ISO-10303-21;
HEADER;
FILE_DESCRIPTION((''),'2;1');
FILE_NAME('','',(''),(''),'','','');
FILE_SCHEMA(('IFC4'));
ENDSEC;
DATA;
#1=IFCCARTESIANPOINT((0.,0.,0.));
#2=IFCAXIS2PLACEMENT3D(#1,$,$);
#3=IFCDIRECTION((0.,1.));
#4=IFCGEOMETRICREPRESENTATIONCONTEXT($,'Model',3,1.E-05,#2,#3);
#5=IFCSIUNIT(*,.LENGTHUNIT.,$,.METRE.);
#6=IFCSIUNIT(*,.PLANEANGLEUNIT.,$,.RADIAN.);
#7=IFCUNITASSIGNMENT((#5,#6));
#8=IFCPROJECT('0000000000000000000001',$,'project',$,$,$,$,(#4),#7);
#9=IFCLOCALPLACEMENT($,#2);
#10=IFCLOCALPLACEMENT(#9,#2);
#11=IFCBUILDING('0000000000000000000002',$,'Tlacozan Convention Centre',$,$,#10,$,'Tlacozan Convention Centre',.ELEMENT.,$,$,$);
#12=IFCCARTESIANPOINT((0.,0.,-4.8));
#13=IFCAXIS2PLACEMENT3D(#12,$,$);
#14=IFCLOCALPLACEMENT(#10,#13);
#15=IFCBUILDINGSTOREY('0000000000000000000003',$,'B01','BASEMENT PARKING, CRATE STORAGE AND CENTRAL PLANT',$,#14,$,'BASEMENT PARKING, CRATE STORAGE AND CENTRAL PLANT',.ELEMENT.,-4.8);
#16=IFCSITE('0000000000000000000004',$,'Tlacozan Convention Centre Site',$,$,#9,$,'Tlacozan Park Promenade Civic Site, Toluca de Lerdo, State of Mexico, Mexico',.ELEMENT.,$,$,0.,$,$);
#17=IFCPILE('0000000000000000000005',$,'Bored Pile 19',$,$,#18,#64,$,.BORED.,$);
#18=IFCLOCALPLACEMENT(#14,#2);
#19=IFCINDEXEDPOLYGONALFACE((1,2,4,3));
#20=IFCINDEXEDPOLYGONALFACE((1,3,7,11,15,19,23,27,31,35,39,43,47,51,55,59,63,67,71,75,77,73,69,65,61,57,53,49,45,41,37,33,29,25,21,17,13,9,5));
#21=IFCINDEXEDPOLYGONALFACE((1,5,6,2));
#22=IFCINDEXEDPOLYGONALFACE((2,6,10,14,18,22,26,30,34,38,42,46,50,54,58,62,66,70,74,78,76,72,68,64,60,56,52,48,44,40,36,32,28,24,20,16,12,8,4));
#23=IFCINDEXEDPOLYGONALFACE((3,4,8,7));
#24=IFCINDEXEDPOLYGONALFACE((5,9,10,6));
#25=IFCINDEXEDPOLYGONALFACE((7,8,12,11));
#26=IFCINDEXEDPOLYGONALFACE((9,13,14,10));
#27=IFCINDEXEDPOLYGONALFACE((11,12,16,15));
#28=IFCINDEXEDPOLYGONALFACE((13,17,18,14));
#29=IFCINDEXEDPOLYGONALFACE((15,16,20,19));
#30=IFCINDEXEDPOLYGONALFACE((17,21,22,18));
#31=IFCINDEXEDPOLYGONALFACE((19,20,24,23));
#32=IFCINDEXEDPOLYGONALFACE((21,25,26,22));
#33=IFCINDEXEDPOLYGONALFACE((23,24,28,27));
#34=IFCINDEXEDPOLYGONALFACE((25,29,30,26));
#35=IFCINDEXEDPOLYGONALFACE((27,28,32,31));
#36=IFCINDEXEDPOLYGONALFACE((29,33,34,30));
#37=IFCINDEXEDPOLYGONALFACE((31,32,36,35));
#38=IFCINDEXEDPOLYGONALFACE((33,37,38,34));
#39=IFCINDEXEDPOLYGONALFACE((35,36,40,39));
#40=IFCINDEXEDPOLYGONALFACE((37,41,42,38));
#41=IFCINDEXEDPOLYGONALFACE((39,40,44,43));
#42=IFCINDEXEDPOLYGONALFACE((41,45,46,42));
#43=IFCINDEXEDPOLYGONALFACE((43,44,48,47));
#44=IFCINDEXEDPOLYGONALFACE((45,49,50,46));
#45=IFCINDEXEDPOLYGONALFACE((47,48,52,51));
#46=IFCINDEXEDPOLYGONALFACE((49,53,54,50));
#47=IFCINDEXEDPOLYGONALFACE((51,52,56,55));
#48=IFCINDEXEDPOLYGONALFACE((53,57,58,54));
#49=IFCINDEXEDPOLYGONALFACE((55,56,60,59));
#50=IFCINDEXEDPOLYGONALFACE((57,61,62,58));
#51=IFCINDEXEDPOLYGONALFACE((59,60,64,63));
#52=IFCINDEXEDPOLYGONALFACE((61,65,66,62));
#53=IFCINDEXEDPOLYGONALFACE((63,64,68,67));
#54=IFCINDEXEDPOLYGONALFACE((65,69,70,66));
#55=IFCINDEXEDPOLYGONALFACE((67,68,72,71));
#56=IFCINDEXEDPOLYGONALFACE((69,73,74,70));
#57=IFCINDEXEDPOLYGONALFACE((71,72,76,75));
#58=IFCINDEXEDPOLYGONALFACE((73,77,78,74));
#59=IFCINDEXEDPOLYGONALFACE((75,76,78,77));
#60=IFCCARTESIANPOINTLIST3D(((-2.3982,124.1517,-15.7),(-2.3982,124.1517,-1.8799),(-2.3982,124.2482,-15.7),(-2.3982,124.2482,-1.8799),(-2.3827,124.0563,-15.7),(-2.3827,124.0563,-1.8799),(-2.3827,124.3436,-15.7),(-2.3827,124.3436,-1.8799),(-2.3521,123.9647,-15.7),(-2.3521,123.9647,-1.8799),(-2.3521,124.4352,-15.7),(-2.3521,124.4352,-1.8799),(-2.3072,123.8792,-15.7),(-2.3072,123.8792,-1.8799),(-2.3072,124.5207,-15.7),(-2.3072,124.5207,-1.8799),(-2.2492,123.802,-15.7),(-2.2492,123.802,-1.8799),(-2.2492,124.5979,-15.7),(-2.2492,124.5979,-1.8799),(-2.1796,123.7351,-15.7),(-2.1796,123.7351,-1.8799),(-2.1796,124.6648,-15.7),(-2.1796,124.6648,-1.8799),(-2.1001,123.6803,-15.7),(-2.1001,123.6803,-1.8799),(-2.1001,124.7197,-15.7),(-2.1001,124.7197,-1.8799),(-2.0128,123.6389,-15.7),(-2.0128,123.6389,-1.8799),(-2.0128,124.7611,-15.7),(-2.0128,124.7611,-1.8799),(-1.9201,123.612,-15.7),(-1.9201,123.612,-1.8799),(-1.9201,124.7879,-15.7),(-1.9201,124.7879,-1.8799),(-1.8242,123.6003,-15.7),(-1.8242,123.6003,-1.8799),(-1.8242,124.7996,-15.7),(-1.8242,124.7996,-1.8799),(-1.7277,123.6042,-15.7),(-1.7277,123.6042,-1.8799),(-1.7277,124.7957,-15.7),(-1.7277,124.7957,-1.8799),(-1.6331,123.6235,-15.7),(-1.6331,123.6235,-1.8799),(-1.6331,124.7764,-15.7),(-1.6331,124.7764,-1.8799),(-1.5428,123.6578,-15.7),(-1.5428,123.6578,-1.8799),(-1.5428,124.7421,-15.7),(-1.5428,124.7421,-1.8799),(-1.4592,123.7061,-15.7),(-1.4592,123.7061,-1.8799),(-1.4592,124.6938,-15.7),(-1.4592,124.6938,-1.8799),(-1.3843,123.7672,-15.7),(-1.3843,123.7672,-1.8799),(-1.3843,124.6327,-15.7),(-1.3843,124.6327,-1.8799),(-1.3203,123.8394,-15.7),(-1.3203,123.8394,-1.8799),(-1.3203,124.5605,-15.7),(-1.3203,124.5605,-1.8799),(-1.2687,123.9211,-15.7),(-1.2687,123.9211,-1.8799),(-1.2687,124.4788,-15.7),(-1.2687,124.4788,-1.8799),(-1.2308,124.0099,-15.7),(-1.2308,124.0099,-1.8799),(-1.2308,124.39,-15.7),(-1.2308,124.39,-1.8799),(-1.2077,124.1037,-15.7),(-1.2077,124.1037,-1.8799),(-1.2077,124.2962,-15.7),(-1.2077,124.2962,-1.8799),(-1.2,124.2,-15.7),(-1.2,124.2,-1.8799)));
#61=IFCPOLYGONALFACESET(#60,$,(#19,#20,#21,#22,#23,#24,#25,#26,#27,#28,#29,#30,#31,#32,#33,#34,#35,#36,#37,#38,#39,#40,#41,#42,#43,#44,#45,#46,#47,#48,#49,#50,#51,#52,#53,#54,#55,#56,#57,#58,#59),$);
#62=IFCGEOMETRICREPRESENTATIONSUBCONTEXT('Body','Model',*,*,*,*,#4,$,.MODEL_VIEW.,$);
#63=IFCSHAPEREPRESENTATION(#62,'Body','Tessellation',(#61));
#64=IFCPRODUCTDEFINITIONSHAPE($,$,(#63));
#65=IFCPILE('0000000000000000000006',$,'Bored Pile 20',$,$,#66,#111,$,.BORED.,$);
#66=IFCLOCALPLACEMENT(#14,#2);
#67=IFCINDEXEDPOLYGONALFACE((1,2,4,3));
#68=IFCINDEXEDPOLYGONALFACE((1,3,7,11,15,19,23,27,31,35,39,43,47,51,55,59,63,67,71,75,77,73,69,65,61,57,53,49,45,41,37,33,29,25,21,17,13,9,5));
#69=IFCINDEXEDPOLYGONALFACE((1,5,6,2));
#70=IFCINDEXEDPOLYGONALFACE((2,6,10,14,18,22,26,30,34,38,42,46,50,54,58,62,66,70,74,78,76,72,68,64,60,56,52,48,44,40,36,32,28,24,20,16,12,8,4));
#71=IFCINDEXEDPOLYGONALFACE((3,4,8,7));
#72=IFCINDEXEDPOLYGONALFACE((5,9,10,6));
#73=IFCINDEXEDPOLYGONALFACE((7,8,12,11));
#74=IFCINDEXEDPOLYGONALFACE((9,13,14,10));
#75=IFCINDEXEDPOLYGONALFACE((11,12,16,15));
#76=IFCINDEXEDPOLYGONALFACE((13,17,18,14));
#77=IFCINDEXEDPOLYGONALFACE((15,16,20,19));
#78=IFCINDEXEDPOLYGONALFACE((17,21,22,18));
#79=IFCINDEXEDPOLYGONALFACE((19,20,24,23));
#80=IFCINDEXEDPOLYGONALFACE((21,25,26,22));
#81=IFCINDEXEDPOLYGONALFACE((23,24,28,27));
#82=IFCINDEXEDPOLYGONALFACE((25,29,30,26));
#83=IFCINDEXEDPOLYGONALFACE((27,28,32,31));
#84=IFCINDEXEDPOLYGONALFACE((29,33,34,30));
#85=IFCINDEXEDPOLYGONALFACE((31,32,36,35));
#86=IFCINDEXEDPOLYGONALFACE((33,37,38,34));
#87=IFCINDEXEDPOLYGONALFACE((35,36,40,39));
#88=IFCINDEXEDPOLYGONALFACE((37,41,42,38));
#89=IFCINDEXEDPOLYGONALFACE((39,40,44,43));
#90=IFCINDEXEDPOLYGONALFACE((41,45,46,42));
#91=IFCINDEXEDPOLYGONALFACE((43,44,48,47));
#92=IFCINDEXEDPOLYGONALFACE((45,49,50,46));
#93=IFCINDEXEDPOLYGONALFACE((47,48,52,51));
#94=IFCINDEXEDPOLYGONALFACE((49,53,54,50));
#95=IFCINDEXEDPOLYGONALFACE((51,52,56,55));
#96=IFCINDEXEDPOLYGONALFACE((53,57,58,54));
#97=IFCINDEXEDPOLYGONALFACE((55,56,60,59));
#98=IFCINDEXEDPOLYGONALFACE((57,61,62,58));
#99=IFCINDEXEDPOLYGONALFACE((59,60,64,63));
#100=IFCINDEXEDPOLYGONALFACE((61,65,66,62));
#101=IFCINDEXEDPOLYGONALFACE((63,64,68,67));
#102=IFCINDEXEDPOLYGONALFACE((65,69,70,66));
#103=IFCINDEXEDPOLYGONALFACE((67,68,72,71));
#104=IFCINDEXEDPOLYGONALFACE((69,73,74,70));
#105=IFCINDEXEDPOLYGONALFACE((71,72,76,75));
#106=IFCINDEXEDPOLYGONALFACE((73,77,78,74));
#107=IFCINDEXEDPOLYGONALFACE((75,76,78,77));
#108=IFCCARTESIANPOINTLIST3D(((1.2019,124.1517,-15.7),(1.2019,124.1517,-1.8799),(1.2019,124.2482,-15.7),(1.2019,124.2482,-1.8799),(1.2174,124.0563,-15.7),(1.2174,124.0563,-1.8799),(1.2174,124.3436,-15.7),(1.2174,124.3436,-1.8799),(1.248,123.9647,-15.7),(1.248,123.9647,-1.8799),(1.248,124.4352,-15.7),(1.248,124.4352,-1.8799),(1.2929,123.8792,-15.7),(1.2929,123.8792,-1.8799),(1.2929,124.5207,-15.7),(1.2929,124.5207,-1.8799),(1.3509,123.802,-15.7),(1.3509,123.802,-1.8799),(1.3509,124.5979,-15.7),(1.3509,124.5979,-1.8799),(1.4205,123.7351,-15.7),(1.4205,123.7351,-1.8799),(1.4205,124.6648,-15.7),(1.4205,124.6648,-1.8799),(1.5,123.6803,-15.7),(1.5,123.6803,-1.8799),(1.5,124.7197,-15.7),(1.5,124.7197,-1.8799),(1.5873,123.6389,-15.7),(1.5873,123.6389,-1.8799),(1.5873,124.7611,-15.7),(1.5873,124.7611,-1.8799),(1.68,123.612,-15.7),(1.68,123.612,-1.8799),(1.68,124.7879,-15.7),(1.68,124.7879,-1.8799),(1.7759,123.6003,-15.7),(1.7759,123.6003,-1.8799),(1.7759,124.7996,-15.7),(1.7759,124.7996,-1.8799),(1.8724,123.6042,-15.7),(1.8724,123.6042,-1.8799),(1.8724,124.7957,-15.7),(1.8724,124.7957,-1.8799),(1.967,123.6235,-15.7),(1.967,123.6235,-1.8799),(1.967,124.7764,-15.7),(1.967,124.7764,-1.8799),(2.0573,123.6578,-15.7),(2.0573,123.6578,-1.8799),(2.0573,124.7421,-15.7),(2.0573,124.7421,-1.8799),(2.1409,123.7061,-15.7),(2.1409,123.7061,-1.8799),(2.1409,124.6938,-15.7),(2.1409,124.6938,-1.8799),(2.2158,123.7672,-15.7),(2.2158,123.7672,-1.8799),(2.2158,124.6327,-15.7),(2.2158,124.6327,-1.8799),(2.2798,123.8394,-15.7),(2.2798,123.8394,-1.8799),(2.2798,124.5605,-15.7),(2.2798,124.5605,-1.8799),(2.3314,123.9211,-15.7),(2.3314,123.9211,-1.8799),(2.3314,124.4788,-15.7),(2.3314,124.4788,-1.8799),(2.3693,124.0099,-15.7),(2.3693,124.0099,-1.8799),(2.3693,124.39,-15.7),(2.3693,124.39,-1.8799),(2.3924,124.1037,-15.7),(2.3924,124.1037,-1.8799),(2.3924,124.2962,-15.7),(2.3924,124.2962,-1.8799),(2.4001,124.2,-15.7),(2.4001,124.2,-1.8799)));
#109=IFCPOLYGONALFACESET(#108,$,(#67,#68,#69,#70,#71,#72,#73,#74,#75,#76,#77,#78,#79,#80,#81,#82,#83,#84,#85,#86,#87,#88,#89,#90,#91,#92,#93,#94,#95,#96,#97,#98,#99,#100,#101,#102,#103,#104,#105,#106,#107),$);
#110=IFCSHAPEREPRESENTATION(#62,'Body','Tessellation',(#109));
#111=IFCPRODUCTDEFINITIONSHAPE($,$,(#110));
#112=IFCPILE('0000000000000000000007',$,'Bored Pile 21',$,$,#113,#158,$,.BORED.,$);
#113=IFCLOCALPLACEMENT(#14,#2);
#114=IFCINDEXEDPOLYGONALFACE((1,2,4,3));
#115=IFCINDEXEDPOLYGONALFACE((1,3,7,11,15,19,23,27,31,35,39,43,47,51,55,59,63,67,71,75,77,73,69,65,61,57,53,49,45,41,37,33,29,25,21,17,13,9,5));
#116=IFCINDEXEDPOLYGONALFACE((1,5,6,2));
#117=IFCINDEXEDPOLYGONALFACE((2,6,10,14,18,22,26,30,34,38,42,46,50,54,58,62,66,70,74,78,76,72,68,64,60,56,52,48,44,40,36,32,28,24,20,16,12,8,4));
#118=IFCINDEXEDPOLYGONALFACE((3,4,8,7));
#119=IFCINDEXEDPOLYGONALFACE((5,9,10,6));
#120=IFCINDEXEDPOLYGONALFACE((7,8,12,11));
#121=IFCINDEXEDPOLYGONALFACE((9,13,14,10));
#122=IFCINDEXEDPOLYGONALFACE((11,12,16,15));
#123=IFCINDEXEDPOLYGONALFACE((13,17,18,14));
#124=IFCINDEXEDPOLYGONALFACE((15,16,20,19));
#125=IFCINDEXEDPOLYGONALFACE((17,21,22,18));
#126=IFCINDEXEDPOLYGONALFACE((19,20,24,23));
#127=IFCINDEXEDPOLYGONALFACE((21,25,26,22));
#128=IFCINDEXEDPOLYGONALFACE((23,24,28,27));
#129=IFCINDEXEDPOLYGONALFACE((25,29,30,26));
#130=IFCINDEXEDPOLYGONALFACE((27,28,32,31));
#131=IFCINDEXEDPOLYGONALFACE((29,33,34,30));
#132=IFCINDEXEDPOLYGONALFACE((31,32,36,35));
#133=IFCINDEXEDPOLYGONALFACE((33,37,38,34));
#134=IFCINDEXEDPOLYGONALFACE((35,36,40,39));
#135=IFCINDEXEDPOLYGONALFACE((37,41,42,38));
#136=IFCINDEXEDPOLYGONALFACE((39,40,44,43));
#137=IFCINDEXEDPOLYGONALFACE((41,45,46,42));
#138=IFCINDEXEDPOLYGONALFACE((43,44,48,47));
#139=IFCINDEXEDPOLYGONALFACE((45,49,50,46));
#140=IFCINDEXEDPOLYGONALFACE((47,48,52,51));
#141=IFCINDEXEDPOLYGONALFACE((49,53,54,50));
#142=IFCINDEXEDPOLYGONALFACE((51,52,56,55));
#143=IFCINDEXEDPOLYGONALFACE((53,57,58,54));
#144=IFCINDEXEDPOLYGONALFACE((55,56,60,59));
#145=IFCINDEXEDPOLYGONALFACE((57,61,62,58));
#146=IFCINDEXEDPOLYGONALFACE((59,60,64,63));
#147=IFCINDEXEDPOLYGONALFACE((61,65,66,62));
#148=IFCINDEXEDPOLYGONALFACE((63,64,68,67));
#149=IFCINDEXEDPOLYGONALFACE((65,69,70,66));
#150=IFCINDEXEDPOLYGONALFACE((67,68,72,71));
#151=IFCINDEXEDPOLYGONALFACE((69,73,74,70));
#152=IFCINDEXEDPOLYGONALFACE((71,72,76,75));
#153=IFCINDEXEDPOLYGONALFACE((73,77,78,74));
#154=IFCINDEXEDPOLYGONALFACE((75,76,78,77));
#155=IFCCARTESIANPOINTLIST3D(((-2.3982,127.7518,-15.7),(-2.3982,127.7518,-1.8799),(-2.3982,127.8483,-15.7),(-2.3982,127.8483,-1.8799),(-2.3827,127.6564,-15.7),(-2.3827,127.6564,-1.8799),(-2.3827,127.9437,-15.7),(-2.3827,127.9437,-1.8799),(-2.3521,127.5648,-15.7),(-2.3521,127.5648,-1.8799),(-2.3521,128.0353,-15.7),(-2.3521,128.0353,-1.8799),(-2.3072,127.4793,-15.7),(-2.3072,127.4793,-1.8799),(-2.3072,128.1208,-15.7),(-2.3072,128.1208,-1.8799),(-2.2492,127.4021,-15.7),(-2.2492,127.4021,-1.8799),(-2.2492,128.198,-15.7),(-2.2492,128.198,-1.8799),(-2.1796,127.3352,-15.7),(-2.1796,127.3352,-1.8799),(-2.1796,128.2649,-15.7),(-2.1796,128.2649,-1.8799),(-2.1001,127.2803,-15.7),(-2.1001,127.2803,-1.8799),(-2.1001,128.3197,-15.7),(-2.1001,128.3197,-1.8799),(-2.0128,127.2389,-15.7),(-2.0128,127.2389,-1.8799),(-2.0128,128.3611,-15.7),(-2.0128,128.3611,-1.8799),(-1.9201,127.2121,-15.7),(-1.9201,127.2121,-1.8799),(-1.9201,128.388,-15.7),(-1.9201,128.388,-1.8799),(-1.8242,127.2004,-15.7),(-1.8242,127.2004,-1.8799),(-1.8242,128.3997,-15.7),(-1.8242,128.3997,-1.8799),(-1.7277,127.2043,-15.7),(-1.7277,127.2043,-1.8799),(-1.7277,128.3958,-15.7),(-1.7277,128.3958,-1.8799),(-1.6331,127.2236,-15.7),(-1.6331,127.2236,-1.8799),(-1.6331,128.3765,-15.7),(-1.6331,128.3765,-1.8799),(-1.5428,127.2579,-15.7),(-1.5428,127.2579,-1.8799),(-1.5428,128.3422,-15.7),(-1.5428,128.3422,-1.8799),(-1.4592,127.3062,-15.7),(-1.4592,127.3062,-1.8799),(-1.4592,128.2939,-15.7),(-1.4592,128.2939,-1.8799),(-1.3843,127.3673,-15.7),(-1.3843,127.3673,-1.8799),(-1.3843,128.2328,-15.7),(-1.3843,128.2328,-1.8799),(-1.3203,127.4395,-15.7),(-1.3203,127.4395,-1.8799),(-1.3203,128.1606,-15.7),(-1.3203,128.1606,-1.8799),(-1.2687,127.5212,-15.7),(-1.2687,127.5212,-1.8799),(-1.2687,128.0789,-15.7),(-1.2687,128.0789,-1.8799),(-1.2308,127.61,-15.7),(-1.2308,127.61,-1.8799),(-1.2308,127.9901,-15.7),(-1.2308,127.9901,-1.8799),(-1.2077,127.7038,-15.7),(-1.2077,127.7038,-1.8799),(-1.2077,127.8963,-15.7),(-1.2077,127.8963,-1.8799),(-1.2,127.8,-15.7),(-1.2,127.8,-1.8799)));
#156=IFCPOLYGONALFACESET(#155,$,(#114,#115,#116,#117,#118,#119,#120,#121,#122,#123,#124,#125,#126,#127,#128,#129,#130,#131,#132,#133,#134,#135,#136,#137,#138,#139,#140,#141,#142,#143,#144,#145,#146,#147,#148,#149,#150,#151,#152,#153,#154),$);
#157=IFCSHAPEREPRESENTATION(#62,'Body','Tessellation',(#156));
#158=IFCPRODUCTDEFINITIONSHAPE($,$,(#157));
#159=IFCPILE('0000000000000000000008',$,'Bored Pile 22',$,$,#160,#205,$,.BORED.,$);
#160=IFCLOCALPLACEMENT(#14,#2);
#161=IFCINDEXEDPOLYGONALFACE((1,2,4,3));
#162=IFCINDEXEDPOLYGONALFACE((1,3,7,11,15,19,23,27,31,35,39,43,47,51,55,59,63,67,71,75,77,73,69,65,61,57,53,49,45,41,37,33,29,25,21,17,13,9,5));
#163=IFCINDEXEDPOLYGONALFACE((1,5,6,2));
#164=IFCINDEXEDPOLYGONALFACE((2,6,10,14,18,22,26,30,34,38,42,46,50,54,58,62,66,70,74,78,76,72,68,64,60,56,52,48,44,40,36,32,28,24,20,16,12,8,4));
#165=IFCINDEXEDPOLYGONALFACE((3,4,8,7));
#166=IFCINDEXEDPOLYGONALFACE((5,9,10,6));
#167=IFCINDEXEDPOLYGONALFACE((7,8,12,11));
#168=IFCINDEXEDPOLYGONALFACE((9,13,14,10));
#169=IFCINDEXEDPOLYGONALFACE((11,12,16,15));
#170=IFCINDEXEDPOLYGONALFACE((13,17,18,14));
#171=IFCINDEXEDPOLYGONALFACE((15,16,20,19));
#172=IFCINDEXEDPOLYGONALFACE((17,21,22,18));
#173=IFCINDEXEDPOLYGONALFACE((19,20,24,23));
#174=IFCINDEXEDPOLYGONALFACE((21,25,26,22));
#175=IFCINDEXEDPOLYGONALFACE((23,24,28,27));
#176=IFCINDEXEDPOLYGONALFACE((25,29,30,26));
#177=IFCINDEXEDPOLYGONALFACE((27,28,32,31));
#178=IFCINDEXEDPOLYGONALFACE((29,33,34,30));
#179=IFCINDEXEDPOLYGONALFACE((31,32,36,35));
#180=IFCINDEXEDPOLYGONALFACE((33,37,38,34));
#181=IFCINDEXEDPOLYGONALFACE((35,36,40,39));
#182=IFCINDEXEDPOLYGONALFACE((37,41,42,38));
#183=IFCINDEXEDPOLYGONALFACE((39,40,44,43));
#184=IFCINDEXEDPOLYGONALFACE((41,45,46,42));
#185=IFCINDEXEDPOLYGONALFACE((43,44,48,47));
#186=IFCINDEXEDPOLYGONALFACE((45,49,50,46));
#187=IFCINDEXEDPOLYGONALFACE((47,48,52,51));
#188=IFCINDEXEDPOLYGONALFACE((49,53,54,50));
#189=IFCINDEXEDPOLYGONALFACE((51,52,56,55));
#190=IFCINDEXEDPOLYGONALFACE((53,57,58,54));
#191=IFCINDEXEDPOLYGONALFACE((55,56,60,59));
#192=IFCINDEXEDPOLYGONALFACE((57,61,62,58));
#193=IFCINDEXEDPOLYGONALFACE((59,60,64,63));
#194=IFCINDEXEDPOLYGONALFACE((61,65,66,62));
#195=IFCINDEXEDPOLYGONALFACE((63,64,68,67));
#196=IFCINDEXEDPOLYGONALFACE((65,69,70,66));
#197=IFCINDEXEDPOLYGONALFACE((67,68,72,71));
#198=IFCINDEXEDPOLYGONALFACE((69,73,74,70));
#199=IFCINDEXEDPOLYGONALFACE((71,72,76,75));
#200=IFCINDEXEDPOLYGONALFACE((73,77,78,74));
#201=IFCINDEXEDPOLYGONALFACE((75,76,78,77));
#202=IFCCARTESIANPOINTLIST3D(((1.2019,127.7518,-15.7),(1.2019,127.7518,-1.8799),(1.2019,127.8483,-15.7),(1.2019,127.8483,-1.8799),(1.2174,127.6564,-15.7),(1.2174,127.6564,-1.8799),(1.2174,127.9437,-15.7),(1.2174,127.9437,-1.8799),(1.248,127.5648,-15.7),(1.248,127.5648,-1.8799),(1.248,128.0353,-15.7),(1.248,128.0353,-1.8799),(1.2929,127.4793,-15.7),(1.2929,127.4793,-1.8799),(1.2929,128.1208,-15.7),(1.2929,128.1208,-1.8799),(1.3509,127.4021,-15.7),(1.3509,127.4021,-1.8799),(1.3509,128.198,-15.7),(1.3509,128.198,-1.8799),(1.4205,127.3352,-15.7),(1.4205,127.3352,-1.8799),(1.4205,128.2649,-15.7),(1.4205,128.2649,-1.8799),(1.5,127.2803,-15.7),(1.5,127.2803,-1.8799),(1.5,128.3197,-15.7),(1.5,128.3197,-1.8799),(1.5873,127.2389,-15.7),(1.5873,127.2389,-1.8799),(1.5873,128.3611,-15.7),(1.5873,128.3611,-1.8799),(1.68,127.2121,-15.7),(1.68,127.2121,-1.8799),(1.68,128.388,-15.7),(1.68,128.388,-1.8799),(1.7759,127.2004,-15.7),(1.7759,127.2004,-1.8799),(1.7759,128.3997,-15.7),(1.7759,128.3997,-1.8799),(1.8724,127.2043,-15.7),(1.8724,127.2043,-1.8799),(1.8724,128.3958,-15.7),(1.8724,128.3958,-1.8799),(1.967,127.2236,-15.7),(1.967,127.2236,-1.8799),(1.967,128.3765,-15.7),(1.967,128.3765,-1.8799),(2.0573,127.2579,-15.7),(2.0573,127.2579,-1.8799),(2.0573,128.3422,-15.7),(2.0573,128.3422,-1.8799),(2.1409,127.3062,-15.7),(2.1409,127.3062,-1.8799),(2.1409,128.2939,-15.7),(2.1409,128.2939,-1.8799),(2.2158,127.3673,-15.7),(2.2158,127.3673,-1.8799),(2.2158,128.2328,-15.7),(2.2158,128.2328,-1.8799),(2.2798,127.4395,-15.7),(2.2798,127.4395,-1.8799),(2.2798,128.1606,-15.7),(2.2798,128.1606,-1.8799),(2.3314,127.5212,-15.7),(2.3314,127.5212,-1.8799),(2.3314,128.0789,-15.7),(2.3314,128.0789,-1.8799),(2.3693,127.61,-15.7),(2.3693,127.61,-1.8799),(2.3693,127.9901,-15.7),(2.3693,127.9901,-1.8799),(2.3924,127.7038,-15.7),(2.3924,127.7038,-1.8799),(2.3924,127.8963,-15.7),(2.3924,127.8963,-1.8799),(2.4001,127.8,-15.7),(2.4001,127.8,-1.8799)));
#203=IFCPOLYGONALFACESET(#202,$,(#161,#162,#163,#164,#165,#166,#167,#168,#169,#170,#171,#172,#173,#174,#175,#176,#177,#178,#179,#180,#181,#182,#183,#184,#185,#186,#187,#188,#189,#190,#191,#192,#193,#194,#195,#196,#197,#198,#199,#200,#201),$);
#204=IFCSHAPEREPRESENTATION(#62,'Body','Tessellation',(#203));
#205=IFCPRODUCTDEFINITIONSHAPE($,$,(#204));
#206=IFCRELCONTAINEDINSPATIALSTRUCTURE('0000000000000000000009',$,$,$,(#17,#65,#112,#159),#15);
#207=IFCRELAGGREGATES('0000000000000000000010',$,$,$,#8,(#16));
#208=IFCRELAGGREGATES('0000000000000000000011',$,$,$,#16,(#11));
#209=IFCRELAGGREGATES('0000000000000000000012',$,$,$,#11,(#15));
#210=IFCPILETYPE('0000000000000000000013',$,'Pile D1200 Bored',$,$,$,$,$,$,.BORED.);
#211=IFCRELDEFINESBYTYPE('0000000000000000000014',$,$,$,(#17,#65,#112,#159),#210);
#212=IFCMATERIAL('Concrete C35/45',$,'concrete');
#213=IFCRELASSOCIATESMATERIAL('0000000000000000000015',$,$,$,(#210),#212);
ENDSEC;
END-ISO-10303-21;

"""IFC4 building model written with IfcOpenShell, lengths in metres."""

from ifc_helpers import new_model, si_unit, direction, frame, origin, origin_2d, place, context, subcontext, project, spatial, circle, extrude, material, material_profile, profile_set, type_object, element, save


model = new_model("IFC4")

# Units and contexts
model_context = context("Model", 3, precision=1e-05, world=origin(), true_north=direction((0.0, 1.0)))
body_context = subcontext(model_context, "Body", "Model", "MODEL_VIEW")
ifc_project = project(units=[si_unit("LENGTHUNIT", "METRE"), si_unit("PLANEANGLEUNIT", "RADIAN")], contexts=[model_context])

# Site, building, storey
site_placement = place(None, origin())
site = spatial("IfcSite", under=ifc_project, at=site_placement, Name="Tlacozan Convention Centre Site", LongName="Tlacozan Park Promenade Civic Site, Toluca de Lerdo, State of Mexico, Mexico", CompositionType="ELEMENT", RefElevation=0.0)
building_placement = place(site_placement, origin())
building = spatial("IfcBuilding", under=site, at=building_placement, Name="Tlacozan Convention Centre", LongName="Tlacozan Convention Centre", CompositionType="ELEMENT")
storey_placement = place(building_placement, frame((0.0, 0.0, -4.8)))
storey = spatial("IfcBuildingStorey", under=building, at=storey_placement, Name="B01", Description="BASEMENT PARKING, CRATE STORAGE AND CENTRAL PLANT", LongName="BASEMENT PARKING, CRATE STORAGE AND CENTRAL PLANT", CompositionType="ELEMENT", Elevation=-4.8)

# Shared definitions
ifc_material_1 = material(Name="Concrete C35/45", Category="concrete")

# Piles
ifc_material_profile_1 = material_profile(ifc_material_1, circle(Radius=0.6001, at=origin_2d()), Name="PILE D1200")
ifc_profile_set_1 = profile_set([ifc_material_profile_1], Name="Concrete C35/45")
pile_type_1 = type_object("IfcPileType", Name="Pile D1200 Bored", PredefinedType="BORED", material=ifc_profile_set_1)
for number, where, z_axis, x_axis, name in (
    (1, (-1.8, 124.2, -1.8799), (0.0, 0.0, -1.0), (1.0, 0.0, 0.0), "Bored Pile 19"),
    (2, (1.8, 124.2, -1.8799), (0.0, 0.0, -1.0), (1.0, 0.0, 0.0), "Bored Pile 20"),
    (3, (-1.8, 127.8, -1.8799), (0.0, 0.0, -1.0), (1.0, 0.0, 0.0), "Bored Pile 21"),
    (4, (1.8, 127.8, -1.8799), (0.0, 0.0, -1.0), (1.0, 0.0, 0.0), "Bored Pile 22"),
):
    element("IfcPile", number, at=place(storey_placement, frame(where, z_axis=z_axis, x_axis=x_axis)), inside=storey, type_object=pile_type_1, Name=name, PredefinedType="BORED", context=body_context, shape_type="SweptSolid", body=[
        extrude(circle(Radius=0.6001, at=origin_2d()), origin(), (0.0, 0.0, 1.0), 13.8201),
    ])

save(model, "model.ifc")
